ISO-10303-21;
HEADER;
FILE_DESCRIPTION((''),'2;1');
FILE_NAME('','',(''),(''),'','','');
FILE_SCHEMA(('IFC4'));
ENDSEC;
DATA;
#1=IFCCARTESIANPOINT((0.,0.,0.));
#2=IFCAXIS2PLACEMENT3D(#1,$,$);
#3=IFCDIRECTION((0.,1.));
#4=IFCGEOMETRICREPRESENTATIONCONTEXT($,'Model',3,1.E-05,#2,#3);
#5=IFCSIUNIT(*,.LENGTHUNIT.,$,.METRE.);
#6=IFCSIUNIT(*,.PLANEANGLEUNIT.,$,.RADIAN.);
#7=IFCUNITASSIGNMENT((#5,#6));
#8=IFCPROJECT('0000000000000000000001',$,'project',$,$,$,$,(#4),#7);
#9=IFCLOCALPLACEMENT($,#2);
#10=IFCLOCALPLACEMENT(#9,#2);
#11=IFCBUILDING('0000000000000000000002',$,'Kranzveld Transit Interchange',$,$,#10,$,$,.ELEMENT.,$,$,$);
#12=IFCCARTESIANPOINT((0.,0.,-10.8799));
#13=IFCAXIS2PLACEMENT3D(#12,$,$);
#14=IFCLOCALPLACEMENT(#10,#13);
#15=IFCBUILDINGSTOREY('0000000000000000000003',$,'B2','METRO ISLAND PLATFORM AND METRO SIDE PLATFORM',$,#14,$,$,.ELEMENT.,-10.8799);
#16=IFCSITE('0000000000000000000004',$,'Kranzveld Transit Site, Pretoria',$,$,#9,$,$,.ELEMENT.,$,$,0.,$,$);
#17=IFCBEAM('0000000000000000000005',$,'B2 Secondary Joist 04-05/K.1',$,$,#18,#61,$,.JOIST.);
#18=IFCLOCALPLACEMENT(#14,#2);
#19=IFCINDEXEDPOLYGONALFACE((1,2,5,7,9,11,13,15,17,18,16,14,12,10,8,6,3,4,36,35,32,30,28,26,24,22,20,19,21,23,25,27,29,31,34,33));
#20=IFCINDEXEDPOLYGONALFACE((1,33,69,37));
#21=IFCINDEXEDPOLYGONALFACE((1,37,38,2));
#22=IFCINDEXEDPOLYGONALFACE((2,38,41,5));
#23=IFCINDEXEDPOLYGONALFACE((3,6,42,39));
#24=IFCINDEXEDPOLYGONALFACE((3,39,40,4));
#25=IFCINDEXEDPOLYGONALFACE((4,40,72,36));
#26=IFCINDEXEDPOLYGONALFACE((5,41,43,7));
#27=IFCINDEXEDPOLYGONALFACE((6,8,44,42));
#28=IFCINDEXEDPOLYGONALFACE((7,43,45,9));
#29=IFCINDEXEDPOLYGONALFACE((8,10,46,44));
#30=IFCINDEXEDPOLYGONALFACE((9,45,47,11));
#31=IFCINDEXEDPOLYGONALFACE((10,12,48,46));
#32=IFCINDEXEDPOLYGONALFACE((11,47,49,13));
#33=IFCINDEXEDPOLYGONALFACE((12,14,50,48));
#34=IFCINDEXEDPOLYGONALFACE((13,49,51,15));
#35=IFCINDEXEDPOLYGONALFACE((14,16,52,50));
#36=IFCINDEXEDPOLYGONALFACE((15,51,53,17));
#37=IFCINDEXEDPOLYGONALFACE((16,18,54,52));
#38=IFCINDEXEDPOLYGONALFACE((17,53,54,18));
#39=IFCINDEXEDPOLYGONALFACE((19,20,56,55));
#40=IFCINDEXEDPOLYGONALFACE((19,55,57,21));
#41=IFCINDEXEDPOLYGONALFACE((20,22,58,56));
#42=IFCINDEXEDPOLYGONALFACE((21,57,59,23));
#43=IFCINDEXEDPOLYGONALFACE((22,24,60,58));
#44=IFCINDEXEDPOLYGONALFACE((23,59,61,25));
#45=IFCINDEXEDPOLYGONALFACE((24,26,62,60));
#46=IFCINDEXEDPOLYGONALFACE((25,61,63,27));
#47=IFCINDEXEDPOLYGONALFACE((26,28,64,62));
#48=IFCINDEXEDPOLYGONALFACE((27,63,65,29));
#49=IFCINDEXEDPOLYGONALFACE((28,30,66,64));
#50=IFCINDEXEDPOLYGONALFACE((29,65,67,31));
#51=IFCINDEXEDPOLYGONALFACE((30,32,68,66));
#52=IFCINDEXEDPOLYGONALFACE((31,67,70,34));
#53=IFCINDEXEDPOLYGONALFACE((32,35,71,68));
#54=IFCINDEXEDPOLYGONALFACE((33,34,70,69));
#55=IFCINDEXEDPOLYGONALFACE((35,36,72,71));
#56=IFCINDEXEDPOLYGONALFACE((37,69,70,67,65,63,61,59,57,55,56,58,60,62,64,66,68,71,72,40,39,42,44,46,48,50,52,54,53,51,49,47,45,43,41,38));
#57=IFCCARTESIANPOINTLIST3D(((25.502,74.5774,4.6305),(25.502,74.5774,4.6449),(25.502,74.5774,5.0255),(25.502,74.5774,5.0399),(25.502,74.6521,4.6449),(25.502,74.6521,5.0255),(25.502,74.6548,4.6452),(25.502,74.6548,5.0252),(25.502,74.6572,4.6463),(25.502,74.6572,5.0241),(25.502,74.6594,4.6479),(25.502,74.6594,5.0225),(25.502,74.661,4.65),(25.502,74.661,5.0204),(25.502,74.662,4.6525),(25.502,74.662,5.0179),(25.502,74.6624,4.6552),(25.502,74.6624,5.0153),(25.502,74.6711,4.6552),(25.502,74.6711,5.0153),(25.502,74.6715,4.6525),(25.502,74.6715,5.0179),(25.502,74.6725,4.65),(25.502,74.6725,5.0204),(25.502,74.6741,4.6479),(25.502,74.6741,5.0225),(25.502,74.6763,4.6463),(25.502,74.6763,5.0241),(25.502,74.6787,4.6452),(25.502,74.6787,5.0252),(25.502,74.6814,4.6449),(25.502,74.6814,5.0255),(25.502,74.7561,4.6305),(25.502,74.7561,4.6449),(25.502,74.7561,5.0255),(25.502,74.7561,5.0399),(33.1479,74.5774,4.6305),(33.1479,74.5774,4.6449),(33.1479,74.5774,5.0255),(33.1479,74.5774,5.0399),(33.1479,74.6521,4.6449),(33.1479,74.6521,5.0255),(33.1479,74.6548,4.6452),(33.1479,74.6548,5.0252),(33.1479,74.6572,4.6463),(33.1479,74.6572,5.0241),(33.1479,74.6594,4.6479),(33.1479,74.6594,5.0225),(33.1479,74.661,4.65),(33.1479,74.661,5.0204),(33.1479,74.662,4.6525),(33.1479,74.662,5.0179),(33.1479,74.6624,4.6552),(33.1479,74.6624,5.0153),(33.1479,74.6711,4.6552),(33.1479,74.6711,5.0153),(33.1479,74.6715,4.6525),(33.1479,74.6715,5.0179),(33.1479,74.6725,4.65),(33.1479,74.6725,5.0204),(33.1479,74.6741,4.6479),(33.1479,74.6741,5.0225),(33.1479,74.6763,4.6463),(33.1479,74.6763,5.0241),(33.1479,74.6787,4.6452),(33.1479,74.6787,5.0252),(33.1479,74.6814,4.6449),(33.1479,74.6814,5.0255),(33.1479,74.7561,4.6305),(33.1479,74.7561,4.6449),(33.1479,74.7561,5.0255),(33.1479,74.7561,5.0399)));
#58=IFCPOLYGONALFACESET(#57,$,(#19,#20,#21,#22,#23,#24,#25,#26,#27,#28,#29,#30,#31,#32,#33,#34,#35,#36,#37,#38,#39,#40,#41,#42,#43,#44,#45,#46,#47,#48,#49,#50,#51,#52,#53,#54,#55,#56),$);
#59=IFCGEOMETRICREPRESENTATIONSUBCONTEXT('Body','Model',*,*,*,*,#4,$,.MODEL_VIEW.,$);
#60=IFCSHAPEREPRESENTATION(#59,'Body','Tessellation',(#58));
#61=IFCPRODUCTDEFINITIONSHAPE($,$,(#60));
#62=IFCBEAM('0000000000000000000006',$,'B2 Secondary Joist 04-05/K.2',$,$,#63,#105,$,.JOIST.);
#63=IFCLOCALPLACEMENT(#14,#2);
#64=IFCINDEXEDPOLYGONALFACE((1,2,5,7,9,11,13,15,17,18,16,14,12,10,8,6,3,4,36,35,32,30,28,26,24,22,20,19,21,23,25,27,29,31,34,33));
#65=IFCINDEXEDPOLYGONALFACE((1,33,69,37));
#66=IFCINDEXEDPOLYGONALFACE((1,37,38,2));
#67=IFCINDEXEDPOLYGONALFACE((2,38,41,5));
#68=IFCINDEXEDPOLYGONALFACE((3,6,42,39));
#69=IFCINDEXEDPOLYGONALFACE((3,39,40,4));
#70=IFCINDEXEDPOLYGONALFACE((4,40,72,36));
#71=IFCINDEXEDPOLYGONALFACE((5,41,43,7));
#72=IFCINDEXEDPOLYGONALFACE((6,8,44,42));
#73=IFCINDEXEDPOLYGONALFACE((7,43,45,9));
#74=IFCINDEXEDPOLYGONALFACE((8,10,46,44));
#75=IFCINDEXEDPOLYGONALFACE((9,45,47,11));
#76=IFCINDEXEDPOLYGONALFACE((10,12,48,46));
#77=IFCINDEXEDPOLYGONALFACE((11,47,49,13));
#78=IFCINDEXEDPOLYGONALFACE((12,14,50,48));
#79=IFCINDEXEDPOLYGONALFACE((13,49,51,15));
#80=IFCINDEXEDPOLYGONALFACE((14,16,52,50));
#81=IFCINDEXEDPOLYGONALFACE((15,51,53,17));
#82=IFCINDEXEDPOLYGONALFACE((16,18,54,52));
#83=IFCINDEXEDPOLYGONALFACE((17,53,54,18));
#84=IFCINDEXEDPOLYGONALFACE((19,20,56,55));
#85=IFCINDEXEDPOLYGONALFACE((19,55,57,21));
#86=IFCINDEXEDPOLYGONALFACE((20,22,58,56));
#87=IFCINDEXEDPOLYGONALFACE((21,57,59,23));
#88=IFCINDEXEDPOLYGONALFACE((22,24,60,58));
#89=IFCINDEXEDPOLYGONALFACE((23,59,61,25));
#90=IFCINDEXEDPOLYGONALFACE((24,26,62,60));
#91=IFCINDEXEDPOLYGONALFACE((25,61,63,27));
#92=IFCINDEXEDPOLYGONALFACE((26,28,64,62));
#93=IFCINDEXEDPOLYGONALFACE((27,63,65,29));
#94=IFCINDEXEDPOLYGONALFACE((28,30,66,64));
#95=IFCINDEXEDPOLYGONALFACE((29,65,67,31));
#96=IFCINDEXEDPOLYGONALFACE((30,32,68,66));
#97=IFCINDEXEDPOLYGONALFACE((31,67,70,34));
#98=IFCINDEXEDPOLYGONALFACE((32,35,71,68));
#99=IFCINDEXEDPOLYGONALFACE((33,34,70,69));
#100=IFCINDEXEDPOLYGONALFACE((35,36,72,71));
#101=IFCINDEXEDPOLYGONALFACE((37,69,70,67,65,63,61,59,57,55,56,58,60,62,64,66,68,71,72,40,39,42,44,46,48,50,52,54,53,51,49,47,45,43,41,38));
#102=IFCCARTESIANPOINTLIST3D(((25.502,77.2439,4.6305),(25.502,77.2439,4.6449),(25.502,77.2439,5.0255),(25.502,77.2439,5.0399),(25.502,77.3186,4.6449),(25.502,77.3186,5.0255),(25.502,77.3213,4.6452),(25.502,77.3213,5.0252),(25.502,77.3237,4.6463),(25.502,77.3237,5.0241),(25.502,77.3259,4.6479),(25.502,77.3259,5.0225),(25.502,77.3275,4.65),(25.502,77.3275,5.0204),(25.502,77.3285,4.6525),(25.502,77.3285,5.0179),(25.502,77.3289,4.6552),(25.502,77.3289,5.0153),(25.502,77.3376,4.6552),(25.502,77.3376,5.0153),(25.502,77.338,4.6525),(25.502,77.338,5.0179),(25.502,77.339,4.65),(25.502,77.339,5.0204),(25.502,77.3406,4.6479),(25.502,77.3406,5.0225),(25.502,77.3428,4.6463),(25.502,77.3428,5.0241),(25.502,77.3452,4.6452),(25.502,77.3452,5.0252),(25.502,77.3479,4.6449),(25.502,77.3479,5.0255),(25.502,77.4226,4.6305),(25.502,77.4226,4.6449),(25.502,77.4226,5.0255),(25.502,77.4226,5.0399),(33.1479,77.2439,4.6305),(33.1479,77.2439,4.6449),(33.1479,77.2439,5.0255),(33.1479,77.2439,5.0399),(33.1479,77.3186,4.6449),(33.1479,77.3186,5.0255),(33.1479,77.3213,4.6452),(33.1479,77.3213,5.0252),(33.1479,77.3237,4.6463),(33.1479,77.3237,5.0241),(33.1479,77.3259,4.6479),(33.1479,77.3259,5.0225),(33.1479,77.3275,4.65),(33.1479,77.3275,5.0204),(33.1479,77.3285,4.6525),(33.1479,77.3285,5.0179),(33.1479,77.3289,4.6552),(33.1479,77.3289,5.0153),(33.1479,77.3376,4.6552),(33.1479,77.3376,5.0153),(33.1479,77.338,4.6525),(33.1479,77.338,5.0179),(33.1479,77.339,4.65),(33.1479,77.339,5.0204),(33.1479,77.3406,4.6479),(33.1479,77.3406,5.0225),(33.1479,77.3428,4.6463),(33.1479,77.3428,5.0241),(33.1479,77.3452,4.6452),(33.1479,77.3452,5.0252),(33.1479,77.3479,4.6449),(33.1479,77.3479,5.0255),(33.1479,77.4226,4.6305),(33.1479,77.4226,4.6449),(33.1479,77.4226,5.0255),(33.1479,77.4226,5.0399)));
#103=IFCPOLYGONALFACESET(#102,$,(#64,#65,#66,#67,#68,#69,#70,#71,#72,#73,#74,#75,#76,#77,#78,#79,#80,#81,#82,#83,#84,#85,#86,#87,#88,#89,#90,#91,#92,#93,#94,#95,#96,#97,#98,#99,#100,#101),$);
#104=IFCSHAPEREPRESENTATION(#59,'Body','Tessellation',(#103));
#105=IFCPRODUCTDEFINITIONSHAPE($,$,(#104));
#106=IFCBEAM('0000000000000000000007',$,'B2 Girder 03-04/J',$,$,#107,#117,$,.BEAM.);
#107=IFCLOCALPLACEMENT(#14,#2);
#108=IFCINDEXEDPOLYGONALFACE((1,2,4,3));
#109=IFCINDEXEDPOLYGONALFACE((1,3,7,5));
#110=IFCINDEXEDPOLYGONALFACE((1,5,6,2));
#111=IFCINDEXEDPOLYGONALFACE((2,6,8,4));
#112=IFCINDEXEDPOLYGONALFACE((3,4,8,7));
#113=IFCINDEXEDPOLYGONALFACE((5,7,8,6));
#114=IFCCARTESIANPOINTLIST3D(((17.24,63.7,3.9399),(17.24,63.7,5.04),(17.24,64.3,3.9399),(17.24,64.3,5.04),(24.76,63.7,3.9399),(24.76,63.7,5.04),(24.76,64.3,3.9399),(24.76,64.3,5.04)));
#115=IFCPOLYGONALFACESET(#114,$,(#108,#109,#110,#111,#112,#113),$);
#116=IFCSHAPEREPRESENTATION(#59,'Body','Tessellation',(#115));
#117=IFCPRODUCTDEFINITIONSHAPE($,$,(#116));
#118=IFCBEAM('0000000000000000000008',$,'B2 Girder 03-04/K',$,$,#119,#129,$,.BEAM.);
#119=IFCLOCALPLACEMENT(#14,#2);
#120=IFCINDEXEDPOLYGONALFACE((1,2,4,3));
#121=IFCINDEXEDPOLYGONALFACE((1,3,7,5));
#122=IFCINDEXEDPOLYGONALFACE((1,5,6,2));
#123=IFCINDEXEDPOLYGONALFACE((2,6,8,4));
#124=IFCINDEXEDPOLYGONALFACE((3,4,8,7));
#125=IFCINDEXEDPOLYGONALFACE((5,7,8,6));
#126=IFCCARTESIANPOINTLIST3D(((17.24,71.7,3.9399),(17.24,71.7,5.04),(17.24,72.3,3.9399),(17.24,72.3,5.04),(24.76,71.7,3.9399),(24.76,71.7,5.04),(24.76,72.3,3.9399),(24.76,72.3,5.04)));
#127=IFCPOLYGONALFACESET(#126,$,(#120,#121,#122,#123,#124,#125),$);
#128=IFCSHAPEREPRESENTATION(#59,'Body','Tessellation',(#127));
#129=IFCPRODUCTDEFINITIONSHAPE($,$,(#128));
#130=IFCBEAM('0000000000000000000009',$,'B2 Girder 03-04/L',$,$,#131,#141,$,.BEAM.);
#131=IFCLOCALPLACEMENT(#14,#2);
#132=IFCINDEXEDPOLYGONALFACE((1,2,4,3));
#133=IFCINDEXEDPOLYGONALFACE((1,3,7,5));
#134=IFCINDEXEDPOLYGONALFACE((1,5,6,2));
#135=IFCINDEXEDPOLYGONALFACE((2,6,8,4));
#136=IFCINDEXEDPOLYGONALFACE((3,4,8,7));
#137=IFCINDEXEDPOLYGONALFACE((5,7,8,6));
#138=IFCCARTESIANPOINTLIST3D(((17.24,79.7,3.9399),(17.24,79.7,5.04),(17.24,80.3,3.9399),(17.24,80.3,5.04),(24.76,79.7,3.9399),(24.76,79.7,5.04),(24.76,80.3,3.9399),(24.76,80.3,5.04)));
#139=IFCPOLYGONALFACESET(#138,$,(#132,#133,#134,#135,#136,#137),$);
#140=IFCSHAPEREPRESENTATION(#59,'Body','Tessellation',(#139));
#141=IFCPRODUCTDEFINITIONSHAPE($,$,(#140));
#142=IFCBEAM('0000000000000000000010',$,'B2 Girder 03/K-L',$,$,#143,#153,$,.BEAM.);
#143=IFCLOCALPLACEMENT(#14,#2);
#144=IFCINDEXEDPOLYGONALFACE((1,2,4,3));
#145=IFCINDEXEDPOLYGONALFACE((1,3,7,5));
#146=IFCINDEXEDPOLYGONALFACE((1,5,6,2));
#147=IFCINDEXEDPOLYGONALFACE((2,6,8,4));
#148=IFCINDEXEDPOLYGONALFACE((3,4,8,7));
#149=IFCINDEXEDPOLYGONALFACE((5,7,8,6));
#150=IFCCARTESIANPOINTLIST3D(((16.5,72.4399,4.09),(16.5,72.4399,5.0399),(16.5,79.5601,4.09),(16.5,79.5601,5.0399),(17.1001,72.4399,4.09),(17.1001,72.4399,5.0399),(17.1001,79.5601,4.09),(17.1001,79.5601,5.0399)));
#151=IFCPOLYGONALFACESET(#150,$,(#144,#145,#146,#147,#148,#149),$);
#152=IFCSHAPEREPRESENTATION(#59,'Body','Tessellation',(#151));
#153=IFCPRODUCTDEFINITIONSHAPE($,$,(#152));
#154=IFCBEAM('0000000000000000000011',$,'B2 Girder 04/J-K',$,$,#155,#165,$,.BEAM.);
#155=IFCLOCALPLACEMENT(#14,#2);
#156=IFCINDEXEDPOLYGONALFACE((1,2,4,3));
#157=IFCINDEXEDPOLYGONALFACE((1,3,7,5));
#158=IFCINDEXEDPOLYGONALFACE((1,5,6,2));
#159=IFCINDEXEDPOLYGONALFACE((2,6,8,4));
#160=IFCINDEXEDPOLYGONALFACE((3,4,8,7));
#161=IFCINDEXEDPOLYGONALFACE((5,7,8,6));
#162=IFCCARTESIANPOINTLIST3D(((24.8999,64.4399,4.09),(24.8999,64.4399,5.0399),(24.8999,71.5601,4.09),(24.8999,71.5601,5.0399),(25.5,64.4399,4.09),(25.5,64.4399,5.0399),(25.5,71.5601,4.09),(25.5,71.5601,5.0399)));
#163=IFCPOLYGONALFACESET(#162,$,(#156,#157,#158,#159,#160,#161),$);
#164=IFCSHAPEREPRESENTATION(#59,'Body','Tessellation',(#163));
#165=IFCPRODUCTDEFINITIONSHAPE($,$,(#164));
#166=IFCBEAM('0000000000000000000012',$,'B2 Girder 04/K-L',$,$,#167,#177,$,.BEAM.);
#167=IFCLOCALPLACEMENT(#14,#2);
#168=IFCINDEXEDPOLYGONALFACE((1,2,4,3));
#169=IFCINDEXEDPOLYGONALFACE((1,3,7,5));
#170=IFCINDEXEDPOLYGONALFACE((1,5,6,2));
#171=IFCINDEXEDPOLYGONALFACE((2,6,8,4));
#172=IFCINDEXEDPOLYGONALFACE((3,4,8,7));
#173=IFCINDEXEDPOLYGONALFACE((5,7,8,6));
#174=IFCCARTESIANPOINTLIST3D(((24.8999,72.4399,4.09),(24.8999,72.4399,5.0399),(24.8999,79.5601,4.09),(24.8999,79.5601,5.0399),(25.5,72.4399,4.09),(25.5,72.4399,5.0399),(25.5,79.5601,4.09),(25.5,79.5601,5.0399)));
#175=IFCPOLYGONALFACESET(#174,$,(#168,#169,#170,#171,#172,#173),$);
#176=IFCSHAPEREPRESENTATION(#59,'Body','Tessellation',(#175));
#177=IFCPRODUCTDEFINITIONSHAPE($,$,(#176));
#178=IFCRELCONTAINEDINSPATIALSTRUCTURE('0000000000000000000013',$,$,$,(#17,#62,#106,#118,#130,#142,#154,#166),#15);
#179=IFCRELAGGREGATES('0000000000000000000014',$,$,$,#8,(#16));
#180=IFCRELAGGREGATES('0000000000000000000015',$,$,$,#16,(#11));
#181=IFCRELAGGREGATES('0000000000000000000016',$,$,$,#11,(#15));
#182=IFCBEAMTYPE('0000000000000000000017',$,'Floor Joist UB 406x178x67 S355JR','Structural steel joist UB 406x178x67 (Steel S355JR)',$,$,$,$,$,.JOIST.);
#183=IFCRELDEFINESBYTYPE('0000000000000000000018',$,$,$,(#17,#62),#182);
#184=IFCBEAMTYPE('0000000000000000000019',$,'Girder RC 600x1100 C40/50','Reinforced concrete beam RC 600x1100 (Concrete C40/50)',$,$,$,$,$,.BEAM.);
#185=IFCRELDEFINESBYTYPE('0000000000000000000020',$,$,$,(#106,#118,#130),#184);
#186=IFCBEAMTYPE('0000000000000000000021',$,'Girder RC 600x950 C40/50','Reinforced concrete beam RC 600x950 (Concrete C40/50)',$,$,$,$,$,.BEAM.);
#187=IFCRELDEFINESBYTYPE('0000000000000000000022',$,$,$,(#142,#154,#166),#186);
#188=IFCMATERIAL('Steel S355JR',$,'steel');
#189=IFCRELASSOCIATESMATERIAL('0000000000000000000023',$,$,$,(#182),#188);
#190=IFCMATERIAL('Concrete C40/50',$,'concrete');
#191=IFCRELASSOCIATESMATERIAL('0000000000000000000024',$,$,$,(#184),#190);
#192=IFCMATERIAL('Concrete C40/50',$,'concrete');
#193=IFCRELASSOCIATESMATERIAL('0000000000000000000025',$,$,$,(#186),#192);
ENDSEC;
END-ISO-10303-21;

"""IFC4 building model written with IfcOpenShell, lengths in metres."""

from ifc_helpers import new_model, si_unit, direction, frame, origin, origin_2d, place, context, subcontext, project, spatial, rectangle, i_section, extrude, material, material_profile, profile_set, type_object, element, save


model = new_model("IFC4")

# Units and contexts
model_context = context("Model", 3, precision=1e-05, world=origin(), true_north=direction((0.0, 1.0)))
body_context = subcontext(model_context, "Body", "Model", "MODEL_VIEW")
ifc_project = project(units=[si_unit("LENGTHUNIT", "METRE"), si_unit("PLANEANGLEUNIT", "RADIAN")], contexts=[model_context])

# Site, building, storey
site_placement = place(None, origin())
site = spatial("IfcSite", under=ifc_project, at=site_placement, Name="Kranzveld Transit Site, Pretoria", CompositionType="ELEMENT", RefElevation=0.0)
building_placement = place(site_placement, origin())
building = spatial("IfcBuilding", under=site, at=building_placement, Name="Kranzveld Transit Interchange", CompositionType="ELEMENT")
storey_placement = place(building_placement, frame((0.0, 0.0, -10.8799)))
storey = spatial("IfcBuildingStorey", under=building, at=storey_placement, Name="B2", Description="METRO ISLAND PLATFORM AND METRO SIDE PLATFORM", CompositionType="ELEMENT", Elevation=-10.8799)

# Beams
ifc_material_1 = material(Name="Steel S355JR", Category="steel")
ifc_material_profile_1 = material_profile(ifc_material_1, i_section(OverallWidth=0.1787, OverallDepth=0.4094, WebThickness=0.0088, FlangeThickness=0.0144, FilletRadius=0.0103, at=origin_2d()), Name="UB 406x178x67")
ifc_profile_set_1 = profile_set([ifc_material_profile_1], Name="Steel S355JR")
beam_type_1 = type_object("IfcBeamType", Name="Floor Joist UB 406x178x67 S355JR", Description="Structural steel joist UB 406x178x67 (Steel S355JR)", PredefinedType="JOIST", material=ifc_profile_set_1)
for number, where, z_axis, x_axis, name in (
    (1, (25.502, 74.6667, 4.8352), (1.0, 0.0, 0.0), (0.0, 1.0, 0.0), "B2 Secondary Joist 04-05/K.1"),
    (2, (25.502, 77.3333, 4.8352), (1.0, 0.0, 0.0), (0.0, 1.0, 0.0), "B2 Secondary Joist 04-05/K.2"),
):
    element("IfcBeam", number, at=place(storey_placement, frame(where, z_axis=z_axis, x_axis=x_axis)), inside=storey, type_object=beam_type_1, Name=name, PredefinedType="JOIST", context=body_context, shape_type="SweptSolid", body=[
        extrude(i_section(OverallWidth=0.1787, OverallDepth=0.4094, WebThickness=0.0088, FlangeThickness=0.0144, FilletRadius=0.0103, at=origin_2d()), origin(), (0.0, 0.0, 1.0), 7.646),
    ])
ifc_material_2 = material(Name="Concrete C40/50", Category="concrete")
ifc_material_profile_2 = material_profile(ifc_material_2, rectangle(XDim=0.6001, YDim=1.1001, at=origin_2d()), Name="RC 600x1100")
ifc_profile_set_2 = profile_set([ifc_material_profile_2], Name="Concrete C40/50")
beam_type_2 = type_object("IfcBeamType", Name="Girder RC 600x1100 C40/50", Description="Reinforced concrete beam RC 600x1100 (Concrete C40/50)", PredefinedType="BEAM", material=ifc_profile_set_2)
for number, where, z_axis, x_axis, name in (
    (3, (17.24, 64.0, 4.49), (1.0, 0.0, 0.0), (0.0, 1.0, 0.0), "B2 Girder 03-04/J"),
    (4, (17.24, 72.0, 4.49), (1.0, 0.0, 0.0), (0.0, 1.0, 0.0), "B2 Girder 03-04/K"),
    (5, (17.24, 80.0, 4.49), (1.0, 0.0, 0.0), (0.0, 1.0, 0.0), "B2 Girder 03-04/L"),
):
    element("IfcBeam", number, at=place(storey_placement, frame(where, z_axis=z_axis, x_axis=x_axis)), inside=storey, type_object=beam_type_2, Name=name, PredefinedType="BEAM", context=body_context, shape_type="SweptSolid", body=[
        extrude(rectangle(XDim=0.6001, YDim=1.1001, at=origin_2d()), origin(), (0.0, 0.0, 1.0), 7.52),
    ])
ifc_material_3 = material(Name="Concrete C40/50", Category="concrete")
ifc_material_profile_3 = material_profile(ifc_material_3, rectangle(XDim=0.6001, YDim=0.95, at=origin_2d()), Name="RC 600x950")
ifc_profile_set_3 = profile_set([ifc_material_profile_3], Name="Concrete C40/50")
beam_type_3 = type_object("IfcBeamType", Name="Girder RC 600x950 C40/50", Description="Reinforced concrete beam RC 600x950 (Concrete C40/50)", PredefinedType="BEAM", material=ifc_profile_set_3)
for number, where, z_axis, x_axis, name in (
    (6, (16.8, 72.4399, 4.5649), (0.0, 1.0, 0.0), (-1.0, 0.0, 0.0), "B2 Girder 03/K-L"),
    (7, (25.2, 64.4399, 4.5649), (0.0, 1.0, 0.0), (-1.0, 0.0, 0.0), "B2 Girder 04/J-K"),
    (8, (25.2, 72.4399, 4.5649), (0.0, 1.0, 0.0), (-1.0, 0.0, 0.0), "B2 Girder 04/K-L"),
):
    element("IfcBeam", number, at=place(storey_placement, frame(where, z_axis=z_axis, x_axis=x_axis)), inside=storey, type_object=beam_type_3, Name=name, PredefinedType="BEAM", context=body_context, shape_type="SweptSolid", body=[
        extrude(rectangle(XDim=0.6001, YDim=0.95, at=origin_2d()), origin(), (0.0, 0.0, 1.0), 7.1201),
    ])

save(model, "model.ifc")
